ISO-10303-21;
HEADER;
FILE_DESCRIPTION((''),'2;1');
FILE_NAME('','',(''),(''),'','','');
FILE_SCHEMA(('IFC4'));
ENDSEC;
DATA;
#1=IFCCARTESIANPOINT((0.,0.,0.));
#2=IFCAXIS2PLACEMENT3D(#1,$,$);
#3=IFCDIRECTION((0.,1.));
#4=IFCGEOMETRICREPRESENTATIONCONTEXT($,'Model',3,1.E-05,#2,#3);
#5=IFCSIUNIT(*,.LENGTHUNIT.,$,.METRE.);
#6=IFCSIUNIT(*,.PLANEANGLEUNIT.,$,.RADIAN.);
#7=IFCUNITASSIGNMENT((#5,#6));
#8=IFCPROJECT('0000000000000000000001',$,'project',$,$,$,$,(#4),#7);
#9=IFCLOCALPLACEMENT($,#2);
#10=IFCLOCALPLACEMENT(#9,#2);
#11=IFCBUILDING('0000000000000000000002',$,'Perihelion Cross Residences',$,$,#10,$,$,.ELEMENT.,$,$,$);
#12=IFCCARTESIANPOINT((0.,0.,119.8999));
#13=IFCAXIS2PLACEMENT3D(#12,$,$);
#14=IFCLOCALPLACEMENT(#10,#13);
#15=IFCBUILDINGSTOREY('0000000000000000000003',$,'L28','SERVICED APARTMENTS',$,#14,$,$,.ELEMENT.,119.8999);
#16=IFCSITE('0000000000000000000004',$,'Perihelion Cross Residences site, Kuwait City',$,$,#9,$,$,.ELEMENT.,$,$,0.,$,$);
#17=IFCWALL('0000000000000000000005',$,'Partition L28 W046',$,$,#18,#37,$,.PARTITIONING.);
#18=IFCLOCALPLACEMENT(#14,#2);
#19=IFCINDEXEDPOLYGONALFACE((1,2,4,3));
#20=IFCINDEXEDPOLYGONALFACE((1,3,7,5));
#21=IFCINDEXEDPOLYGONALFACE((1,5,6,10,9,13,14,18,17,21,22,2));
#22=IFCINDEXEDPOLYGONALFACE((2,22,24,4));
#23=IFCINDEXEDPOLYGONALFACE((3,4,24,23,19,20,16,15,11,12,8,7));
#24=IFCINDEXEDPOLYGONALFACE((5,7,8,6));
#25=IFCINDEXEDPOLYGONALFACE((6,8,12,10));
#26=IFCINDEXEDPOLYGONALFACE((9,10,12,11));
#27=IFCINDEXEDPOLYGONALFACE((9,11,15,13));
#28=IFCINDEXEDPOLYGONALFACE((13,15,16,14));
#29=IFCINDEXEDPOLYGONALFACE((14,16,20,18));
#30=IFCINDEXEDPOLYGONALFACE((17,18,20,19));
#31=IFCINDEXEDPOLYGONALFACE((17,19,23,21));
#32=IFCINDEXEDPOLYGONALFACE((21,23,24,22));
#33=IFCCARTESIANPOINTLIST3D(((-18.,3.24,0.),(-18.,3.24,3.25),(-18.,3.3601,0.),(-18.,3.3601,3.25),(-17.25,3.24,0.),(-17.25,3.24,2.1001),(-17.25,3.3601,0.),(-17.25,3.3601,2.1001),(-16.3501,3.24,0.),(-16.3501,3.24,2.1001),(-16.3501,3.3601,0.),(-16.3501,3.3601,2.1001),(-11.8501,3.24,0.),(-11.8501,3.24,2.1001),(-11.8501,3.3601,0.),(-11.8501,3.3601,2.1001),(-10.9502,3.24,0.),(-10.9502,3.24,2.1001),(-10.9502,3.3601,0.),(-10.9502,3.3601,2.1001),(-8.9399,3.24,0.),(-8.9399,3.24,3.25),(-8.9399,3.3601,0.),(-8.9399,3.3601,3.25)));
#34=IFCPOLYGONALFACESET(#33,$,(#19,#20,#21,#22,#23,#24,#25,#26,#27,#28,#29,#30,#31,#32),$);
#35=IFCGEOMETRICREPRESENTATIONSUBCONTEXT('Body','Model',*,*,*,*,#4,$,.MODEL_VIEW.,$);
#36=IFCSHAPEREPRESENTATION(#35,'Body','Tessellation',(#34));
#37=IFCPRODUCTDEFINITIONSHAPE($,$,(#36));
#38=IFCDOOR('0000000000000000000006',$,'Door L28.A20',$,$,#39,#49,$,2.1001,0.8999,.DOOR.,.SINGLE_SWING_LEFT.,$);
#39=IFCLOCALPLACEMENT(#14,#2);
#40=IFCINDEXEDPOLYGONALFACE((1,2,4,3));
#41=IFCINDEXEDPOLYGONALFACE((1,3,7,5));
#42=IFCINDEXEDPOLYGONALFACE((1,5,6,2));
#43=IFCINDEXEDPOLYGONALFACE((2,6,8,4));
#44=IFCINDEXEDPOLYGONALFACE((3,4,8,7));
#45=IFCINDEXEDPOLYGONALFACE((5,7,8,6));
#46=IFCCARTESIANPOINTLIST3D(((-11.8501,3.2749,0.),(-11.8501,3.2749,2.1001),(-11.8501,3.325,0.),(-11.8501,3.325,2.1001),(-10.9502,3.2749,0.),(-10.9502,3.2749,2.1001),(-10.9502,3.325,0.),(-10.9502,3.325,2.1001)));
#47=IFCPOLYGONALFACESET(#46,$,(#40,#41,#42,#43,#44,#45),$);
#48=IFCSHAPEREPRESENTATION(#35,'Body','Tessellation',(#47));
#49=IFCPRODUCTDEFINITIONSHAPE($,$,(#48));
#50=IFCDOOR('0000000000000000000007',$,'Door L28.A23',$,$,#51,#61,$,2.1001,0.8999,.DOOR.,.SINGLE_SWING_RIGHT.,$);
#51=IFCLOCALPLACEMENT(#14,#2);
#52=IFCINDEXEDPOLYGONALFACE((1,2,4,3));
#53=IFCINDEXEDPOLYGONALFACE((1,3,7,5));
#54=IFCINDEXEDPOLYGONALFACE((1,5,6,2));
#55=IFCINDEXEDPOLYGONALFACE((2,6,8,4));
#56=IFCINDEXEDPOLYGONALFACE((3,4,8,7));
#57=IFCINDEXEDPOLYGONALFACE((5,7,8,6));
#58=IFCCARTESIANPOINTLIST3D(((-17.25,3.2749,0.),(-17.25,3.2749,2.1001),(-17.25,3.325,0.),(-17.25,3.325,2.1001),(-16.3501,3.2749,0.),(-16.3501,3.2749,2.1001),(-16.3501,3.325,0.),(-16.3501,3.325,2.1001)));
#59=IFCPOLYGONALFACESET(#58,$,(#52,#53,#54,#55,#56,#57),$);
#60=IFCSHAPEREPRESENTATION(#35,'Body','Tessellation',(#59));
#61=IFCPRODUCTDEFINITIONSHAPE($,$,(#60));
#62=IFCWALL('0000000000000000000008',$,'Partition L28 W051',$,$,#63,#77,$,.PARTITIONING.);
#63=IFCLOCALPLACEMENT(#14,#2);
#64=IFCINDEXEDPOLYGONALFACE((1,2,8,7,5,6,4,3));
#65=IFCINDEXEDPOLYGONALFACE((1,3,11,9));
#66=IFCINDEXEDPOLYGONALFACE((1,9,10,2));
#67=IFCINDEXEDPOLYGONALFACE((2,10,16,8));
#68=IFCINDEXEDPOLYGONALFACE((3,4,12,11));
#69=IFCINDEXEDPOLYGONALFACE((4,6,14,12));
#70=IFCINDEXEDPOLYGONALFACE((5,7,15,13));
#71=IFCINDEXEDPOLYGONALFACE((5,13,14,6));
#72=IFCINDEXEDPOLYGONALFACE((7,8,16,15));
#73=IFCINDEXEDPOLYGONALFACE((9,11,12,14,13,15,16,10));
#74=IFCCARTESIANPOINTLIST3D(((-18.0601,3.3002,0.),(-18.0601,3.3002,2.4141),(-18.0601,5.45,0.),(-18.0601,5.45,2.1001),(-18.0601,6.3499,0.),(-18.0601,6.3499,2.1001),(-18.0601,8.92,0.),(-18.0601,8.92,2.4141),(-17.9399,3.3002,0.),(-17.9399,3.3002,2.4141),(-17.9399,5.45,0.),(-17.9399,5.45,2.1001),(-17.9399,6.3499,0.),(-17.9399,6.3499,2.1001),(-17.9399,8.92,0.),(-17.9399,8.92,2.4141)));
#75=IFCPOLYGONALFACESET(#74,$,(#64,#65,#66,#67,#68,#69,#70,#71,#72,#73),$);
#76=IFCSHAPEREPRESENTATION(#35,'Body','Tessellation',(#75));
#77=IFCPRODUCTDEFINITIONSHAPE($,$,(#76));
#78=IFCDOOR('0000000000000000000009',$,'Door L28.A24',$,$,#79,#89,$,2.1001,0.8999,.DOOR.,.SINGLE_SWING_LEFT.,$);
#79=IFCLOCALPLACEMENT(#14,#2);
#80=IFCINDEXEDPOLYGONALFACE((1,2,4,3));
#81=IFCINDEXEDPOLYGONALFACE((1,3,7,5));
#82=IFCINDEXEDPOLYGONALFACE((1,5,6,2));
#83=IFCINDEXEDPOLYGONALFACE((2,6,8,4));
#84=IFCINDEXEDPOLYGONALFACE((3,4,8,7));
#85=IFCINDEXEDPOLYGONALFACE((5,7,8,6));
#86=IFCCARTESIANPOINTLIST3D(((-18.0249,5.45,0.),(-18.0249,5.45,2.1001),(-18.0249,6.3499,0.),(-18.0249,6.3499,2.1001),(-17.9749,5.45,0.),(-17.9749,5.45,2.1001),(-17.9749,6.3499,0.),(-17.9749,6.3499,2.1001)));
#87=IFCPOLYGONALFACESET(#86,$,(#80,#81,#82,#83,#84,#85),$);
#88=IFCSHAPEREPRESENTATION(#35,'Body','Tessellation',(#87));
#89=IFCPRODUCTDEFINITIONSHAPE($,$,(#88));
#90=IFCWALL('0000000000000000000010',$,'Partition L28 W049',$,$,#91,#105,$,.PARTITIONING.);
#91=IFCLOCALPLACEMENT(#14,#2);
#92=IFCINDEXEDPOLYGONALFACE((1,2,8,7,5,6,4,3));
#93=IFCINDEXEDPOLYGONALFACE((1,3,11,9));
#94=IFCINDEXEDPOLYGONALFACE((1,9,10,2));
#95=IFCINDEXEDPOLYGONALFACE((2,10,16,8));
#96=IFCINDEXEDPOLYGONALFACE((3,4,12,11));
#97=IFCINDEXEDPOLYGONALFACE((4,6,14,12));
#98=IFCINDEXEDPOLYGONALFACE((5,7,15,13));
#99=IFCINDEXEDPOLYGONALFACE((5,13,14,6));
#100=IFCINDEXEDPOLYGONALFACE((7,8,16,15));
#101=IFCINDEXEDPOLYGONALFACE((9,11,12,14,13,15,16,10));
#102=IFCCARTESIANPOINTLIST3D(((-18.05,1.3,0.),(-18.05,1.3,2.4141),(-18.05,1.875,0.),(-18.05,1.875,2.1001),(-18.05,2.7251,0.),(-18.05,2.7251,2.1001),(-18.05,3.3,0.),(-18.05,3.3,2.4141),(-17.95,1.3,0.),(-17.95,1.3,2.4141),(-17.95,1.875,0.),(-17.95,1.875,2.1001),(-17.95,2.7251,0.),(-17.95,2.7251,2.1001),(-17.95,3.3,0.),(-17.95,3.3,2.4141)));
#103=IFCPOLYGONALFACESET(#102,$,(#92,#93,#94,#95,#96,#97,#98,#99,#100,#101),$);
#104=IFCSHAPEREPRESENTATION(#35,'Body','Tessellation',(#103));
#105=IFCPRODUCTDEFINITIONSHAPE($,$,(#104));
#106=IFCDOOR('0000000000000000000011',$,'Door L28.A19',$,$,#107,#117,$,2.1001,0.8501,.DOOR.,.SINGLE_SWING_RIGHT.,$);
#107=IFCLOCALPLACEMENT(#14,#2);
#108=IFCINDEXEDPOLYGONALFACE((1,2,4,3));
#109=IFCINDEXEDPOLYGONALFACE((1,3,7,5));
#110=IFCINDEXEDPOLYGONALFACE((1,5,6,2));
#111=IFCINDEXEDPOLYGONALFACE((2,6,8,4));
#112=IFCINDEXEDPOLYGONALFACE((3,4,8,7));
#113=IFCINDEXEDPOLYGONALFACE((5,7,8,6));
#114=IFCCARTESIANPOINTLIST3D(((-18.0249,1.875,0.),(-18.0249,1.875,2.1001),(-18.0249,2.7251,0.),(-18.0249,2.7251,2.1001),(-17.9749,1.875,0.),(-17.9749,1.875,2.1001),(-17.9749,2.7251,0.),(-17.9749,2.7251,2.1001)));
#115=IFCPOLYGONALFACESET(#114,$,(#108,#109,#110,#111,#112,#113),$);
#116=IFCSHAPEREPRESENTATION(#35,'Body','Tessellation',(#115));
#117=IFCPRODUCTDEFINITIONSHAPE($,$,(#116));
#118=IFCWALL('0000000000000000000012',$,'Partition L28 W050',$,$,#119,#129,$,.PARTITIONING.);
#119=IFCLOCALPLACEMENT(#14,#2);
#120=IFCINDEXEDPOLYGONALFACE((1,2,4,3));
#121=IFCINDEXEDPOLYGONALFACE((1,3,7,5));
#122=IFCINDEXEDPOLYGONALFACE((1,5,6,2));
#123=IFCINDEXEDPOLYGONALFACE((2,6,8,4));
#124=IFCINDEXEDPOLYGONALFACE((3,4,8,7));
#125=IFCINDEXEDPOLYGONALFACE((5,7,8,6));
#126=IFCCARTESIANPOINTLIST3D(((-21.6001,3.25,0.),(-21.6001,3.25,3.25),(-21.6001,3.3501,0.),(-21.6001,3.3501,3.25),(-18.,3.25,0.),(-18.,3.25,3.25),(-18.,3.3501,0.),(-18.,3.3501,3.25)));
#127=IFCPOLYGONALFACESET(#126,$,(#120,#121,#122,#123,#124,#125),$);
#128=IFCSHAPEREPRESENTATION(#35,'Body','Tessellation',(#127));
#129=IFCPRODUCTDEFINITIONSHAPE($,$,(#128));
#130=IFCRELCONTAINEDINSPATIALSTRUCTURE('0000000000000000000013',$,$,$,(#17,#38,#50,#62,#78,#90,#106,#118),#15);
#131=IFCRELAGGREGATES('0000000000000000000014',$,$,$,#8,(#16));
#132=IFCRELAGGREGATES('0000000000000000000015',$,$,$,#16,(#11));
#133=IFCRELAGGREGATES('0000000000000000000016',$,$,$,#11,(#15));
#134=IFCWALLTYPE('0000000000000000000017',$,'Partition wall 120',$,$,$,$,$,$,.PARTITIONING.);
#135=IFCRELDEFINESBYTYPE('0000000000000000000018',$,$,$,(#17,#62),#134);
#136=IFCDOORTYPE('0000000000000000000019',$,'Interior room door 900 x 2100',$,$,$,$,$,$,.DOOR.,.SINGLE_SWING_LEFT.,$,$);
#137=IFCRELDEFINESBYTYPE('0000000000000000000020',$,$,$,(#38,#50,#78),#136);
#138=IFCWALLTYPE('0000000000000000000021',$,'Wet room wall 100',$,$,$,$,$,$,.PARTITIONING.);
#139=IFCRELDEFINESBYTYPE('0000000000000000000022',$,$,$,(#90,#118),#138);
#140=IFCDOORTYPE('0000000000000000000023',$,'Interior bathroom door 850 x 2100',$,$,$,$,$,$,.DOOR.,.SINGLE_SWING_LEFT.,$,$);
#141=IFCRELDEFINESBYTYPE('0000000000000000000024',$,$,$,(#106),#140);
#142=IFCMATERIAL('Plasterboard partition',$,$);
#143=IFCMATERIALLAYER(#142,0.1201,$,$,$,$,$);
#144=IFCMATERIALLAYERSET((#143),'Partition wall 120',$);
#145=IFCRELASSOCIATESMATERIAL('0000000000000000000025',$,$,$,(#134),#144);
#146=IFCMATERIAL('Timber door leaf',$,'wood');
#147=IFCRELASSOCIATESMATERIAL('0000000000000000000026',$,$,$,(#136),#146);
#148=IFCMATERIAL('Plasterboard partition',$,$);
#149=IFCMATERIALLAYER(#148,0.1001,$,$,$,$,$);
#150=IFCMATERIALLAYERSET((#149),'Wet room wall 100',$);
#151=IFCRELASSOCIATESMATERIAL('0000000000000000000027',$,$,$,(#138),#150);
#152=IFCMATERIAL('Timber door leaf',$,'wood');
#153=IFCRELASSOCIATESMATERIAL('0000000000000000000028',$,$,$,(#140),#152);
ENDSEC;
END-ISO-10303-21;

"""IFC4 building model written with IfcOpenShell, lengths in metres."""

from ifc_helpers import new_model, si_unit, direction, frame, frame_2d, origin, place, context, subcontext, project, spatial, rectangle, extrude, material, layer, layer_set, type_object, element, fill, save


model = new_model("IFC4")

# Units and contexts
model_context = context("Model", 3, precision=1e-05, world=origin(), true_north=direction((0.0, 1.0)))
body_context = subcontext(model_context, "Body", "Model", "MODEL_VIEW")
ifc_project = project(units=[si_unit("LENGTHUNIT", "METRE"), si_unit("PLANEANGLEUNIT", "RADIAN")], contexts=[model_context])

# Site, building, storey
site_placement = place(None, origin())
site = spatial("IfcSite", under=ifc_project, at=site_placement, Name="Perihelion Cross Residences site, Kuwait City", CompositionType="ELEMENT", RefElevation=0.0)
building_placement = place(site_placement, origin())
building = spatial("IfcBuilding", under=site, at=building_placement, Name="Perihelion Cross Residences", CompositionType="ELEMENT")
storey_placement = place(building_placement, frame((0.0, 0.0, 119.8999)))
storey = spatial("IfcBuildingStorey", under=building, at=storey_placement, Name="L28", Description="SERVICED APARTMENTS", CompositionType="ELEMENT", Elevation=119.8999)

# Wall, openings, doors
ifc_material_1 = material(Name="Plasterboard partition")
ifc_layer_1 = layer(ifc_material_1, 0.1201)
ifc_layer_set_1 = layer_set([ifc_layer_1], Name="Partition wall 120")
wall_type_1 = type_object("IfcWallType", Name="Partition wall 120", PredefinedType="PARTITIONING", material=ifc_layer_set_1)
wall_1_placement = place(storey_placement, frame((-18.0, 3.3, 0.0), z_axis=(0.0, 0.0, 1.0), x_axis=(1.0, 0.0, 0.0)))
wall_1 = element("IfcWall", 1, at=wall_1_placement, inside=storey, type_object=wall_type_1, Name="Partition L28 W046", PredefinedType="PARTITIONING", context=body_context, shape_type="SweptSolid", body=[
    extrude(rectangle(XDim=9.0601, YDim=0.1201, at=frame_2d((4.53, 0.0))), origin(), (0.0, 0.0, 1.0), 3.25),
])
opening_1_placement = place(wall_1_placement, frame((6.1499, 0.0, 0.0)))
opening_1 = element("IfcOpeningElement", 2, at=opening_1_placement, cuts=wall_1, PredefinedType="OPENING", context=body_context, shape_type="SweptSolid", body=[
    extrude(rectangle(XDim=0.8999, YDim=2.1001, at=frame_2d((0.45, 1.05))), frame((0.0, 0.0701, 0.0), z_axis=(0.0, -1.0, 0.0), x_axis=(1.0, 0.0, 0.0)), (0.0, 0.0, 1.0), 0.1401),
])
opening_2_placement = place(wall_1_placement, frame((0.75, 0.0, 0.0)))
opening_2 = element("IfcOpeningElement", 3, at=opening_2_placement, cuts=wall_1, PredefinedType="OPENING", context=body_context, shape_type="SweptSolid", body=[
    extrude(rectangle(XDim=0.8999, YDim=2.1001, at=frame_2d((0.45, 1.05))), frame((0.0, 0.0701, 0.0), z_axis=(0.0, -1.0, 0.0), x_axis=(1.0, 0.0, 0.0)), (0.0, 0.0, 1.0), 0.1401),
])
ifc_material_2 = material(Name="Timber door leaf", Category="wood")
door_type_1 = type_object("IfcDoorType", Name="Interior room door 900 x 2100", OperationType="SINGLE_SWING_LEFT", PredefinedType="DOOR", material=ifc_material_2)
door_1_placement = place(opening_1_placement, origin())
door_1 = element("IfcDoor", 4, at=door_1_placement, inside=storey, type_object=door_type_1, Name="Door L28.A20", OperationType="SINGLE_SWING_LEFT", OverallHeight=2.1001, OverallWidth=0.8999, PredefinedType="DOOR", context=body_context, shape_type="SweptSolid", body=[
    extrude(rectangle(XDim=0.8999, YDim=2.1001, at=frame_2d((0.45, 1.05))), frame((0.0, 0.0249, 0.0), z_axis=(0.0, -1.0, 0.0), x_axis=(1.0, 0.0, 0.0)), (0.0, 0.0, 1.0), 0.05),
])
fill(opening_1, door_1)
door_2_placement = place(opening_2_placement, origin())
door_2 = element("IfcDoor", 5, at=door_2_placement, inside=storey, type_object=door_type_1, Name="Door L28.A23", OperationType="SINGLE_SWING_RIGHT", OverallHeight=2.1001, OverallWidth=0.8999, PredefinedType="DOOR", context=body_context, shape_type="SweptSolid", body=[
    extrude(rectangle(XDim=0.8999, YDim=2.1001, at=frame_2d((0.45, 1.05))), frame((0.0, 0.0249, 0.0), z_axis=(0.0, -1.0, 0.0), x_axis=(1.0, 0.0, 0.0)), (0.0, 0.0, 1.0), 0.05),
])
fill(opening_2, door_2)

# Walls, openings, doors
wall_2_placement = place(storey_placement, frame((-18.0, 3.3, 0.0), z_axis=(0.0, 0.0, 1.0), x_axis=(0.0, 1.0, 0.0)))
wall_2 = element("IfcWall", 6, at=wall_2_placement, inside=storey, type_object=wall_type_1, Name="Partition L28 W051", PredefinedType="PARTITIONING", context=body_context, shape_type="SweptSolid", body=[
    extrude(rectangle(XDim=5.6199, YDim=0.1201, at=frame_2d((2.8101, 0.0))), origin(), (0.0, 0.0, 1.0), 2.4141),
])
opening_3_placement = place(wall_2_placement, frame((2.1499, 0.0, 0.0)))
opening_3 = element("IfcOpeningElement", 7, at=opening_3_placement, cuts=wall_2, PredefinedType="OPENING", context=body_context, shape_type="SweptSolid", body=[
    extrude(rectangle(XDim=0.8999, YDim=2.1001, at=frame_2d((0.45, 1.05))), frame((0.0, 0.0701, 0.0), z_axis=(0.0, -1.0, 0.0), x_axis=(1.0, 0.0, 0.0)), (0.0, 0.0, 1.0), 0.1401),
])
door_3_placement = place(opening_3_placement, origin())
door_3 = element("IfcDoor", 8, at=door_3_placement, inside=storey, type_object=door_type_1, Name="Door L28.A24", OperationType="SINGLE_SWING_LEFT", OverallHeight=2.1001, OverallWidth=0.8999, PredefinedType="DOOR", context=body_context, shape_type="SweptSolid", body=[
    extrude(rectangle(XDim=0.8999, YDim=2.1001, at=frame_2d((0.45, 1.05))), frame((0.0, 0.0249, 0.0), z_axis=(0.0, -1.0, 0.0), x_axis=(1.0, 0.0, 0.0)), (0.0, 0.0, 1.0), 0.05),
])
fill(opening_3, door_3)
ifc_material_3 = material(Name="Plasterboard partition")
ifc_layer_2 = layer(ifc_material_3, 0.1001)
ifc_layer_set_2 = layer_set([ifc_layer_2], Name="Wet room wall 100")
wall_type_2 = type_object("IfcWallType", Name="Wet room wall 100", PredefinedType="PARTITIONING", material=ifc_layer_set_2)
wall_3_placement = place(storey_placement, frame((-18.0, 1.3, 0.0), z_axis=(0.0, 0.0, 1.0), x_axis=(0.0, 1.0, 0.0)))
wall_3 = element("IfcWall", 9, at=wall_3_placement, inside=storey, type_object=wall_type_2, Name="Partition L28 W049", PredefinedType="PARTITIONING", context=body_context, shape_type="SweptSolid", body=[
    extrude(rectangle(XDim=2.0, YDim=0.1001, at=frame_2d((1.0, 0.0))), origin(), (0.0, 0.0, 1.0), 2.4141),
])
opening_4_placement = place(wall_3_placement, frame((0.575, 0.0, 0.0)))
opening_4 = element("IfcOpeningElement", 10, at=opening_4_placement, cuts=wall_3, PredefinedType="OPENING", context=body_context, shape_type="SweptSolid", body=[
    extrude(rectangle(XDim=0.8501, YDim=2.1001, at=frame_2d((0.425, 1.05))), frame((0.0, 0.0601, 0.0), z_axis=(0.0, -1.0, 0.0), x_axis=(1.0, 0.0, 0.0)), (0.0, 0.0, 1.0), 0.1201),
])
ifc_material_4 = material(Name="Timber door leaf", Category="wood")
door_type_2 = type_object("IfcDoorType", Name="Interior bathroom door 850 x 2100", OperationType="SINGLE_SWING_LEFT", PredefinedType="DOOR", material=ifc_material_4)
door_4_placement = place(opening_4_placement, origin())
door_4 = element("IfcDoor", 11, at=door_4_placement, inside=storey, type_object=door_type_2, Name="Door L28.A19", OperationType="SINGLE_SWING_RIGHT", OverallHeight=2.1001, OverallWidth=0.8501, PredefinedType="DOOR", context=body_context, shape_type="SweptSolid", body=[
    extrude(rectangle(XDim=0.8501, YDim=2.1001, at=frame_2d((0.425, 1.05))), frame((0.0, 0.0249, 0.0), z_axis=(0.0, -1.0, 0.0), x_axis=(1.0, 0.0, 0.0)), (0.0, 0.0, 1.0), 0.05),
])
fill(opening_4, door_4)

# Wall
wall_4_placement = place(storey_placement, frame((-21.6001, 3.3, 0.0), z_axis=(0.0, 0.0, 1.0), x_axis=(1.0, 0.0, 0.0)))
element("IfcWall", 12, at=wall_4_placement, inside=storey, type_object=wall_type_2, Name="Partition L28 W050", PredefinedType="PARTITIONING", context=body_context, shape_type="SweptSolid", body=[
    extrude(rectangle(XDim=3.6001, YDim=0.1001, at=frame_2d((1.8, 0.0))), origin(), (0.0, 0.0, 1.0), 3.25),
])

save(model, "model.ifc")
